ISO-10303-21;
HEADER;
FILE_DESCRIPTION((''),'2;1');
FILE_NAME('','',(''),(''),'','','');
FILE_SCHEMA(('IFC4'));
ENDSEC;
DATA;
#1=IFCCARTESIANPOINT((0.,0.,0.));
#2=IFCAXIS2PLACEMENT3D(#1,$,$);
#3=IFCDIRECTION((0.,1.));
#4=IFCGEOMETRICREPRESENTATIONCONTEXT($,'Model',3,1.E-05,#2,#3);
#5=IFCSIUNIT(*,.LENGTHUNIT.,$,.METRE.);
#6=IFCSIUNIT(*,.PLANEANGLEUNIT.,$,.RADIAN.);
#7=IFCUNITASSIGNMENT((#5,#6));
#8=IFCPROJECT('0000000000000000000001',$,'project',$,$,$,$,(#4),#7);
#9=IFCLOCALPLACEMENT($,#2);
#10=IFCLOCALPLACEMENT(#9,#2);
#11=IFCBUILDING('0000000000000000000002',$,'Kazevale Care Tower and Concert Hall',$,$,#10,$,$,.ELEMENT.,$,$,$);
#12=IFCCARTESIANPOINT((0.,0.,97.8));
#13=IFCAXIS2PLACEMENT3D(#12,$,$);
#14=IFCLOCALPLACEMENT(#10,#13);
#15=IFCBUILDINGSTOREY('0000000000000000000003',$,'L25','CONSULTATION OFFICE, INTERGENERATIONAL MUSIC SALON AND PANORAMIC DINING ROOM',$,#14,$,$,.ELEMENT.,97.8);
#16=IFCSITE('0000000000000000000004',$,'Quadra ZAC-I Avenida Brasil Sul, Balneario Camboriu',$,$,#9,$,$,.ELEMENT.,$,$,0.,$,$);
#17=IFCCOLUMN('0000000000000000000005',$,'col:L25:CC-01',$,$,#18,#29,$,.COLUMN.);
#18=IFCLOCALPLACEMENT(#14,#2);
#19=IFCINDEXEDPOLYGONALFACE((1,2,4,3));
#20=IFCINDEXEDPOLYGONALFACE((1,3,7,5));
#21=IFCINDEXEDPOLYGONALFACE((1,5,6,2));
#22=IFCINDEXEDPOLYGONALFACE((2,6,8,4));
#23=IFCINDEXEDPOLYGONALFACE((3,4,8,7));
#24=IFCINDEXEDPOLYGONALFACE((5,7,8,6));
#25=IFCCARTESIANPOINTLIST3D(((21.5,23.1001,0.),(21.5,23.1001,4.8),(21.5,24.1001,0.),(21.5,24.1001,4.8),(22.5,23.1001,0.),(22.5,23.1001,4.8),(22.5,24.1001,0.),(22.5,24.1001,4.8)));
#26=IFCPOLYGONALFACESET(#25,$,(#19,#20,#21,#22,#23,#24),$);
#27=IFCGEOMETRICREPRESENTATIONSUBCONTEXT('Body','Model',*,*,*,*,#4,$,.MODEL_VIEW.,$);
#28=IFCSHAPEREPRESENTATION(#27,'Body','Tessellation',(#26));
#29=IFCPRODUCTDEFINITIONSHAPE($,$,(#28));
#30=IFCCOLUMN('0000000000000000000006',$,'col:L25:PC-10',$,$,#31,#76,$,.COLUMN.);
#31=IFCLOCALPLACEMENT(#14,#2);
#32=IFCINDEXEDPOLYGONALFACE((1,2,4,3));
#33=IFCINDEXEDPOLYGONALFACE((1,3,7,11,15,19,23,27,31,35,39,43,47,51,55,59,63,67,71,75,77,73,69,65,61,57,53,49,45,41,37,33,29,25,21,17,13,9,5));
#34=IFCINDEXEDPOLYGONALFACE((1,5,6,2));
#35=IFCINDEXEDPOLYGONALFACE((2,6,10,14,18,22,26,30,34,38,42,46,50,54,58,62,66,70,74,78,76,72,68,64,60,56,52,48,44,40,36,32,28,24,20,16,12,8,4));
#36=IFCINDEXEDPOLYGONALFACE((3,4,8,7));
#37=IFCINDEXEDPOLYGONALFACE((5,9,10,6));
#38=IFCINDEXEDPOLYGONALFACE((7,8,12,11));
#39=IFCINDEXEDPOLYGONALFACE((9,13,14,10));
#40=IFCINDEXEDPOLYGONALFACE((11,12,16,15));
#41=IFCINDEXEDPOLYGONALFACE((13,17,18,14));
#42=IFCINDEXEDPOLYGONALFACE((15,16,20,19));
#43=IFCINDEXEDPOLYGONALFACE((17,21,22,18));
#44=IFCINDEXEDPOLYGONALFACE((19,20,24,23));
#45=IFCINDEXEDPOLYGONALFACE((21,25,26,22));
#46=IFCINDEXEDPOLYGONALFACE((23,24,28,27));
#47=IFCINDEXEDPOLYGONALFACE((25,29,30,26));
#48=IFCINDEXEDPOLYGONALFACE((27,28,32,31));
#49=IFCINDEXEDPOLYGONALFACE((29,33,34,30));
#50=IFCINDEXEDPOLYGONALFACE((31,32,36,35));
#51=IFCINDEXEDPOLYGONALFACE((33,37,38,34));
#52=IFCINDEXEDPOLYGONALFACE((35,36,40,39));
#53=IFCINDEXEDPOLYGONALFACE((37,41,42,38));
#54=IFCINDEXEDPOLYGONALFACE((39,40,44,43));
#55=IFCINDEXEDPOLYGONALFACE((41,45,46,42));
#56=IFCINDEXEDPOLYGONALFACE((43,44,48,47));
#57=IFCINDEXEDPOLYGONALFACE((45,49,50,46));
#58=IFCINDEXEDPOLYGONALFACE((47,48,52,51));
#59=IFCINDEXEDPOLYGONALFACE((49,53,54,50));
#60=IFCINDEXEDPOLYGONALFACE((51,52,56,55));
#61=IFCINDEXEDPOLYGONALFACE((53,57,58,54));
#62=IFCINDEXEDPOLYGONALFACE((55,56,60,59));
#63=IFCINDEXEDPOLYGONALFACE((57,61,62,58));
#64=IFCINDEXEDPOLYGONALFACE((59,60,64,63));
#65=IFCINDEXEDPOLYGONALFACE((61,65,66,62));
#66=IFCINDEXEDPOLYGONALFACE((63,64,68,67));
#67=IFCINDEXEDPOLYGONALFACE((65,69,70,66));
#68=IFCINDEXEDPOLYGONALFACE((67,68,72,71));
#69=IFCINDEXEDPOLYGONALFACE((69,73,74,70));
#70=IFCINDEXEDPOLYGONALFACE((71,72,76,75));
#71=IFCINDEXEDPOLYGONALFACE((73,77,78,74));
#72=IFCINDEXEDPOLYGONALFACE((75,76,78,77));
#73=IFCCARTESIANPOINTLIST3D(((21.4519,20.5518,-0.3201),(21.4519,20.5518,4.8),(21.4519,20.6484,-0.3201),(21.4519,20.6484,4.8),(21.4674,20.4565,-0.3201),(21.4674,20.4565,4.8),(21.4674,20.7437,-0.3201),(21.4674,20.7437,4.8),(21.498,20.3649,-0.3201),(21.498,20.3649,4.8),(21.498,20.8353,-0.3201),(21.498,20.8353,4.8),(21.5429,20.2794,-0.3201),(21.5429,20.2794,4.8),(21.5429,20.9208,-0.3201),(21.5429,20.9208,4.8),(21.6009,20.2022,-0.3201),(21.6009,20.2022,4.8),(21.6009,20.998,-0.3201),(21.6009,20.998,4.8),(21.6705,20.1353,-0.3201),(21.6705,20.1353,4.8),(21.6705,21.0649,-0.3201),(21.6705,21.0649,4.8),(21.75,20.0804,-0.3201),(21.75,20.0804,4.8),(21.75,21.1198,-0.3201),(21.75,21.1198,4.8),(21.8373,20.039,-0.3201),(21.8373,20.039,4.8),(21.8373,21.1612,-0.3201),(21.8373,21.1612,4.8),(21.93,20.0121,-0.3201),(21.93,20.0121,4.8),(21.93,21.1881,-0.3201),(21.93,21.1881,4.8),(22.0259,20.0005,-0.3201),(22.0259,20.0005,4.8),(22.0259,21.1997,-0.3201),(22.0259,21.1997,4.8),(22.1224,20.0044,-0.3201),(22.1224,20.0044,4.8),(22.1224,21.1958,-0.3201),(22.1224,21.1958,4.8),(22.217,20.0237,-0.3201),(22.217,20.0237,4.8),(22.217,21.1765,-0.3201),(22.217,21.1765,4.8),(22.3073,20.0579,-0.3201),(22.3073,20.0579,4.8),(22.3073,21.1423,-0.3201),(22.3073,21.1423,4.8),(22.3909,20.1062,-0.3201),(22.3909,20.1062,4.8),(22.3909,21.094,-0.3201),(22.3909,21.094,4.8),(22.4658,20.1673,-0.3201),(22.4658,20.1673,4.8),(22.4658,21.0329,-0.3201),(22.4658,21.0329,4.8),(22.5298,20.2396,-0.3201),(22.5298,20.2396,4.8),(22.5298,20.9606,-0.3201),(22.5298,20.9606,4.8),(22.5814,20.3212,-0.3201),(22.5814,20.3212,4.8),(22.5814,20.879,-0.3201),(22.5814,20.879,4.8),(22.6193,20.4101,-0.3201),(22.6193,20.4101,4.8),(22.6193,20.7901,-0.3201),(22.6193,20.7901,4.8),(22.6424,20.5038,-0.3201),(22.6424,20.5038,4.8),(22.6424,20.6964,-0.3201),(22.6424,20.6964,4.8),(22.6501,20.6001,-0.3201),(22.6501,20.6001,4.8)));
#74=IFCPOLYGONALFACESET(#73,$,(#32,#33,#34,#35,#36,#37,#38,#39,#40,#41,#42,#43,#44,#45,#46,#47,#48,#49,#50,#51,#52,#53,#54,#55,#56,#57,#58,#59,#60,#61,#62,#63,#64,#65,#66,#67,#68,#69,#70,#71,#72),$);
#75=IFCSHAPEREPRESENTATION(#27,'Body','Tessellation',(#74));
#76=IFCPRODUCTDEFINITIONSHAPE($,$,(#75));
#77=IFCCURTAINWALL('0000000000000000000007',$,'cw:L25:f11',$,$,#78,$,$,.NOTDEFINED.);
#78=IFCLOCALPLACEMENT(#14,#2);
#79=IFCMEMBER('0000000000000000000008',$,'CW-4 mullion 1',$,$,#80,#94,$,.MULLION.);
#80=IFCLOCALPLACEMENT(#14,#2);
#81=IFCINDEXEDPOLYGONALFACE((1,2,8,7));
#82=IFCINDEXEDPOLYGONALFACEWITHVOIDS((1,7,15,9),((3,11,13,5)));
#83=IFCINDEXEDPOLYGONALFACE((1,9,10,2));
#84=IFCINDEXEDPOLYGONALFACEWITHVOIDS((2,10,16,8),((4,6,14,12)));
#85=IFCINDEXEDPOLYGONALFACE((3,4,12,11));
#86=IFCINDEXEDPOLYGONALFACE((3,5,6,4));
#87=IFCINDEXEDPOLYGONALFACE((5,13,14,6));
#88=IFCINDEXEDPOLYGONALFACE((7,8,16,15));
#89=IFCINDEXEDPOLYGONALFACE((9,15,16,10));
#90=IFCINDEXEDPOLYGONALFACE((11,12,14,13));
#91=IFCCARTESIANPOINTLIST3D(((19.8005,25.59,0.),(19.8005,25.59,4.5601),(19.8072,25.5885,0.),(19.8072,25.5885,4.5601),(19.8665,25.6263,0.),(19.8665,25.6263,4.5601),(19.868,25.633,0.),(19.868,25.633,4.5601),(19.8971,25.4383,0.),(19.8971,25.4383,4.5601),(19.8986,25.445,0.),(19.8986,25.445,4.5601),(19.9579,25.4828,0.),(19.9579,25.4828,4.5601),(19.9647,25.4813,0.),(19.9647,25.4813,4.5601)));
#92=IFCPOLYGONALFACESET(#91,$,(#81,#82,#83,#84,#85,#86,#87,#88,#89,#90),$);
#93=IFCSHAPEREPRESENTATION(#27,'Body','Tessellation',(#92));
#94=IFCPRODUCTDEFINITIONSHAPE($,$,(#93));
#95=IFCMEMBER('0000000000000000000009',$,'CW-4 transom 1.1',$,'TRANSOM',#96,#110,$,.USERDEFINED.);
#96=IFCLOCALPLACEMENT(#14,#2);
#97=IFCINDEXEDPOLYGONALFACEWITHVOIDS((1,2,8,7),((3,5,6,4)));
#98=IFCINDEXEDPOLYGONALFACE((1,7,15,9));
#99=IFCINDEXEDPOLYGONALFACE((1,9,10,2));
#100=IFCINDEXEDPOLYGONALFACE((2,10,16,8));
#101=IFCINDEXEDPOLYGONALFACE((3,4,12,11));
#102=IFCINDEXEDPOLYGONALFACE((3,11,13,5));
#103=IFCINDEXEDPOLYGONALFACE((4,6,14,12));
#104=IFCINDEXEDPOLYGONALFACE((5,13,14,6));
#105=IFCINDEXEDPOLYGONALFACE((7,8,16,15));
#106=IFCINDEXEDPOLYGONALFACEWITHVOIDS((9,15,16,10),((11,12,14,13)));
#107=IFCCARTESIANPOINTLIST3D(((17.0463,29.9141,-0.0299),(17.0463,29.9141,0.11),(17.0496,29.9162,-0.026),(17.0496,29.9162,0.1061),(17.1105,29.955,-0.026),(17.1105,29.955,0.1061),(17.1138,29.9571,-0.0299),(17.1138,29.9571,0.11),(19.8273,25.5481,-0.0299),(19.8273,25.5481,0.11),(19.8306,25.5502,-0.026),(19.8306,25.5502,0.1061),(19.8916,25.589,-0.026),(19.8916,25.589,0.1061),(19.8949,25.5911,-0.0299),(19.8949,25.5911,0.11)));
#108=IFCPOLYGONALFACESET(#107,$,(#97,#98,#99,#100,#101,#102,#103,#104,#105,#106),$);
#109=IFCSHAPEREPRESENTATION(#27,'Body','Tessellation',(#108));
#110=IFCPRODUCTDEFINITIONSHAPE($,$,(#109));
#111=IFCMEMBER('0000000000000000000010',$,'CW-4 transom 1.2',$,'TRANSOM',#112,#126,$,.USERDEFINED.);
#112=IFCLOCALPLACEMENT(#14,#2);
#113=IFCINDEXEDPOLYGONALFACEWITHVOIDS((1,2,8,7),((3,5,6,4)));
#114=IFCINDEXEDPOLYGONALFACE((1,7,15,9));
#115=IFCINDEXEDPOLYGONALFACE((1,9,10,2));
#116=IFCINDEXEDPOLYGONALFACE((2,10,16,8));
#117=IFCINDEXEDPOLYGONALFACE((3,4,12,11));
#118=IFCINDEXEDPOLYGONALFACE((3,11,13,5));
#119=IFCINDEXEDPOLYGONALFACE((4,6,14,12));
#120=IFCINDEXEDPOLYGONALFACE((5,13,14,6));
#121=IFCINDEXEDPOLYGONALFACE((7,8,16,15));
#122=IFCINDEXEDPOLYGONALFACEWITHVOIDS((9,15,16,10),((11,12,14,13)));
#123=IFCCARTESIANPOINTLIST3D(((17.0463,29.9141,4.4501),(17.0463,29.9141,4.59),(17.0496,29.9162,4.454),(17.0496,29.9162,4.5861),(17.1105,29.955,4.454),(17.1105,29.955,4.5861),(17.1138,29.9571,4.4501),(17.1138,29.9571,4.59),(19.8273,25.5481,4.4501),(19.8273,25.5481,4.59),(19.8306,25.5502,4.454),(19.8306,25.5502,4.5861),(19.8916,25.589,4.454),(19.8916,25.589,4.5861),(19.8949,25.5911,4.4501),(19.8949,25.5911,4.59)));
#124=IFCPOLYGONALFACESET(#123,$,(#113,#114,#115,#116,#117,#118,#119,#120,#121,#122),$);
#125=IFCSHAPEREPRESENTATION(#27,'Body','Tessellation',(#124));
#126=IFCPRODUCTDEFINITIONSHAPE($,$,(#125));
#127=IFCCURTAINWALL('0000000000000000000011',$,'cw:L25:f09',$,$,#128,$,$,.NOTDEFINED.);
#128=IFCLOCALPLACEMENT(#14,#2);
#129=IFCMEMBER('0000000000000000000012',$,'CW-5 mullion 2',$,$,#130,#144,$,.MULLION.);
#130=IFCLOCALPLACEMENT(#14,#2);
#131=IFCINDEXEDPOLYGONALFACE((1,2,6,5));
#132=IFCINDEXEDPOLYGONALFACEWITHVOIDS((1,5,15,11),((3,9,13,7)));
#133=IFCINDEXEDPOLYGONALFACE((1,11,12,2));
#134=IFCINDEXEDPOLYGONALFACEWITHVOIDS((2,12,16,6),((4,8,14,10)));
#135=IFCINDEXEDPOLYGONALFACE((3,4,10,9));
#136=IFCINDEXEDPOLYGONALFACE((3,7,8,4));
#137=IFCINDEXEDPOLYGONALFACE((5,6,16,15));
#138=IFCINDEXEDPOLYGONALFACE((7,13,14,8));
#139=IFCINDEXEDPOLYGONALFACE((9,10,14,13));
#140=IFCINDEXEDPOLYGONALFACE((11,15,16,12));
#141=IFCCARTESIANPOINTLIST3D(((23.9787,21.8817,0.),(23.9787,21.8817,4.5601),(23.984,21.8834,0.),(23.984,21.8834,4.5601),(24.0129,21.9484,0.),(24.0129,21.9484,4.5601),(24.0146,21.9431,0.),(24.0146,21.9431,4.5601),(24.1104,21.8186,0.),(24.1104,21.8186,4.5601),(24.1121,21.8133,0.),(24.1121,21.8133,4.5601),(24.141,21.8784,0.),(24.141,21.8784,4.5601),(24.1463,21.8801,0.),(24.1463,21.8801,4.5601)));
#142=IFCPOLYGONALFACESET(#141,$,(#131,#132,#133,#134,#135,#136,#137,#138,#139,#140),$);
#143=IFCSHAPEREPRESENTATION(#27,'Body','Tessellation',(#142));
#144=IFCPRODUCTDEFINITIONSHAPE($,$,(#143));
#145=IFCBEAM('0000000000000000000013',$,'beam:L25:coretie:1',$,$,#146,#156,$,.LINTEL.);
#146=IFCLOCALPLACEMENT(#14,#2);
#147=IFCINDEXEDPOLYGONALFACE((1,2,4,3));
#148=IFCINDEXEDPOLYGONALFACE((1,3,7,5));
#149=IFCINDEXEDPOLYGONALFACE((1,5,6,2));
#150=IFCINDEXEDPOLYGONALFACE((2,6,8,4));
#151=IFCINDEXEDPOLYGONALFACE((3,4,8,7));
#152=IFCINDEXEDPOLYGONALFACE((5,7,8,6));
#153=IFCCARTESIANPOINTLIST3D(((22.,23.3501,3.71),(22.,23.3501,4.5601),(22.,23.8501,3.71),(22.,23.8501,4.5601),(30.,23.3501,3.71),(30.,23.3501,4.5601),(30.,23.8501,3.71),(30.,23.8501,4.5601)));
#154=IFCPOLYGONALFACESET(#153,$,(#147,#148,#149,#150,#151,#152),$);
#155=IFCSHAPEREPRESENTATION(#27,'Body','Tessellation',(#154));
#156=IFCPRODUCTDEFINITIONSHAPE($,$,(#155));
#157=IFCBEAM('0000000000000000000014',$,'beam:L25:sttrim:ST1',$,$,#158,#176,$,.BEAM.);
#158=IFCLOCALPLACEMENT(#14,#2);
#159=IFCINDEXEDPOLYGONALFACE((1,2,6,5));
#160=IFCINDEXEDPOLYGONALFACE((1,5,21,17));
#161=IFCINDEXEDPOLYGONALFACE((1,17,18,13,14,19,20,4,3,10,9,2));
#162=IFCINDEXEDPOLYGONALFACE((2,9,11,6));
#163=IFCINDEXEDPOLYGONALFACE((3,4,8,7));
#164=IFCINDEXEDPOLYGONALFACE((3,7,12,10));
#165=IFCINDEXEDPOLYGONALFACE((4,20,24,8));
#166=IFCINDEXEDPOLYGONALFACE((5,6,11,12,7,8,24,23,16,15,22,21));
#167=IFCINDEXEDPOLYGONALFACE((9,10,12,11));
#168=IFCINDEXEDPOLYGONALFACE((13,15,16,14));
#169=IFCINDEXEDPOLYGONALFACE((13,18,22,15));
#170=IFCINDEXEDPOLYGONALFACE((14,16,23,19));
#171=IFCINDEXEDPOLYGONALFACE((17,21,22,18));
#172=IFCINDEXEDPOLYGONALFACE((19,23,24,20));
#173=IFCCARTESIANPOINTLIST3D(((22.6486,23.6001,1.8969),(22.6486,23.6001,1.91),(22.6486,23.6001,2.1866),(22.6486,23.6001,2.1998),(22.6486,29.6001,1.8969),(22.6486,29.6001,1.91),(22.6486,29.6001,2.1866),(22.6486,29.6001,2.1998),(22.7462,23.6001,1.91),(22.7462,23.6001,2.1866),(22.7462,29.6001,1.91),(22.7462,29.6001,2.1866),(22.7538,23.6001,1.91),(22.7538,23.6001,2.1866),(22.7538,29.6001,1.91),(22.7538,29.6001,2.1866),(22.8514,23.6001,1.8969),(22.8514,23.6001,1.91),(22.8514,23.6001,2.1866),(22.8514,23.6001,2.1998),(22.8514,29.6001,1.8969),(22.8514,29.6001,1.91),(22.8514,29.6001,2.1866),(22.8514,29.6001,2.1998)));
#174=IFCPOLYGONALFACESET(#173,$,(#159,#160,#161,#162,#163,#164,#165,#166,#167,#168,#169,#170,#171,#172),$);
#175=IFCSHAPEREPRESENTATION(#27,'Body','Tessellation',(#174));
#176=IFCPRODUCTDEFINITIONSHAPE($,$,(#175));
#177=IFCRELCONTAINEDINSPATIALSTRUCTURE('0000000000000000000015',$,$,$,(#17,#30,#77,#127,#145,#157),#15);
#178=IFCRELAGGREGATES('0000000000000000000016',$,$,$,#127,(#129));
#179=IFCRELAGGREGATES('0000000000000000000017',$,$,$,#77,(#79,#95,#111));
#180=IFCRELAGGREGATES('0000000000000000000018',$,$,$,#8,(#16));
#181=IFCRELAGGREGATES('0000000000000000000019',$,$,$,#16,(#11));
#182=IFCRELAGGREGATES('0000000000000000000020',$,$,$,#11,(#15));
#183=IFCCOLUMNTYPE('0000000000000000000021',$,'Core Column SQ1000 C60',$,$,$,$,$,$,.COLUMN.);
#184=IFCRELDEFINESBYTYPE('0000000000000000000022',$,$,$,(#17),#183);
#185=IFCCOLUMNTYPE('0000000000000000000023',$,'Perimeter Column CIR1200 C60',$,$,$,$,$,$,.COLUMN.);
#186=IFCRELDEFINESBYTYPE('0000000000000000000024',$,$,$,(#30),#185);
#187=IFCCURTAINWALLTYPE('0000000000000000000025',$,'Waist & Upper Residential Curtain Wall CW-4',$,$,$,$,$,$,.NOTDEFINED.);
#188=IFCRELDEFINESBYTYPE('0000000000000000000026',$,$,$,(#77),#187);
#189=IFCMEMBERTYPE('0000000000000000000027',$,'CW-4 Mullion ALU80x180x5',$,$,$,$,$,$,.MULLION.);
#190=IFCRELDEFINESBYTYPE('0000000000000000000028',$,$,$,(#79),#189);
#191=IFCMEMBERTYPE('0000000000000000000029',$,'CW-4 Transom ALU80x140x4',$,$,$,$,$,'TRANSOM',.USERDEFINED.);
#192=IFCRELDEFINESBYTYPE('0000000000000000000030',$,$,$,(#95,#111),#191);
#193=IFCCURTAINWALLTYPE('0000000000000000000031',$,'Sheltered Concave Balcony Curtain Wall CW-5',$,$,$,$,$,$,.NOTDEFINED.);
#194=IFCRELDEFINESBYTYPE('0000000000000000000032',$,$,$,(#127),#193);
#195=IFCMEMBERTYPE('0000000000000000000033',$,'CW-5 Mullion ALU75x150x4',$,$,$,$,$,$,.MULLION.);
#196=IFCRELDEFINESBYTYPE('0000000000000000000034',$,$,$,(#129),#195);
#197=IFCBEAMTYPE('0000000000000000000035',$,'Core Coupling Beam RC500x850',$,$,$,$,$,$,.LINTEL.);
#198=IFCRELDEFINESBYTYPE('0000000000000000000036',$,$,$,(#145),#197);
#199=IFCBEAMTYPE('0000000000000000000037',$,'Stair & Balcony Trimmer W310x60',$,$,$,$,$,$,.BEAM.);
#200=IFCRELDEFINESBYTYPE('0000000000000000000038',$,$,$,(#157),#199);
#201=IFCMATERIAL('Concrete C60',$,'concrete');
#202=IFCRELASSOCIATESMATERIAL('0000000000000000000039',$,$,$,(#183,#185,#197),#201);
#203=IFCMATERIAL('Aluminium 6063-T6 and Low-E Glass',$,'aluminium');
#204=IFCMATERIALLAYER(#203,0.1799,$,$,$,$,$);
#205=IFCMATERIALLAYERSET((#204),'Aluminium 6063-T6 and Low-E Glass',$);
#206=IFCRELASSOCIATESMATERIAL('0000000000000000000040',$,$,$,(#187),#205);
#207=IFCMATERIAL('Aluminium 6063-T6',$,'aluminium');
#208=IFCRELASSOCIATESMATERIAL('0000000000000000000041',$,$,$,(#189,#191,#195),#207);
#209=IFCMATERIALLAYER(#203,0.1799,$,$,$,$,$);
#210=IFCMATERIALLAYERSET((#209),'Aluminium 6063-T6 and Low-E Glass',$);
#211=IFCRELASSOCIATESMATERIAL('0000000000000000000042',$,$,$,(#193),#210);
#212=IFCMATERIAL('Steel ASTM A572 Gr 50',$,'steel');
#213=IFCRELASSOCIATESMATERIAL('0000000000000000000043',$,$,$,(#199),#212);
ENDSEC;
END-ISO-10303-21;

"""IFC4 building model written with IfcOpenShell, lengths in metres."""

from ifc_helpers import new_model, si_unit, direction, frame, origin, origin_2d, place, context, subcontext, project, spatial, rectangle, hollow_rectangle, circle, i_section, extrude, material, layer, layer_set, material_profile, profile_set, type_object, element, aggregate, save


model = new_model("IFC4")

# Units and contexts
model_context = context("Model", 3, precision=1e-05, world=origin(), true_north=direction((0.0, 1.0)))
body_context = subcontext(model_context, "Body", "Model", "MODEL_VIEW")
ifc_project = project(units=[si_unit("LENGTHUNIT", "METRE"), si_unit("PLANEANGLEUNIT", "RADIAN")], contexts=[model_context])

# Site, building, storey
site_placement = place(None, origin())
site = spatial("IfcSite", under=ifc_project, at=site_placement, Name="Quadra ZAC-I Avenida Brasil Sul, Balneario Camboriu", CompositionType="ELEMENT", RefElevation=0.0)
building_placement = place(site_placement, origin())
building = spatial("IfcBuilding", under=site, at=building_placement, Name="Kazevale Care Tower and Concert Hall", CompositionType="ELEMENT")
storey_placement = place(building_placement, frame((0.0, 0.0, 97.8)))
storey = spatial("IfcBuildingStorey", under=building, at=storey_placement, Name="L25", Description="CONSULTATION OFFICE, INTERGENERATIONAL MUSIC SALON AND PANORAMIC DINING ROOM", CompositionType="ELEMENT", Elevation=97.8)

# Columns
ifc_material_1 = material(Name="Concrete C60", Category="concrete")
ifc_material_profile_1 = material_profile(ifc_material_1, rectangle(XDim=1.0, YDim=1.0, at=origin_2d()), Name="RC-SQ1000")
ifc_profile_set_1 = profile_set([ifc_material_profile_1], Name="Concrete C60")
column_type_1 = type_object("IfcColumnType", Name="Core Column SQ1000 C60", PredefinedType="COLUMN", material=ifc_profile_set_1)
column_1_placement = place(storey_placement, frame((22.0, 23.6001, 0.0), z_axis=(0.0, 0.0, 1.0), x_axis=(1.0, 0.0, 0.0)))
element("IfcColumn", 1, at=column_1_placement, inside=storey, type_object=column_type_1, Name="col:L25:CC-01", PredefinedType="COLUMN", context=body_context, shape_type="SweptSolid", body=[
    extrude(rectangle(XDim=1.0, YDim=1.0, at=origin_2d()), origin(), (0.0, 0.0, 1.0), 4.8),
])
ifc_material_profile_2 = material_profile(ifc_material_1, circle(Radius=0.6001, at=origin_2d()), Name="RC-CIR1200")
ifc_profile_set_2 = profile_set([ifc_material_profile_2], Name="Concrete C60")
column_type_2 = type_object("IfcColumnType", Name="Perimeter Column CIR1200 C60", PredefinedType="COLUMN", material=ifc_profile_set_2)
column_2_placement = place(storey_placement, frame((22.05, 20.6001, -0.3201), z_axis=(0.0, 0.0, 1.0), x_axis=(1.0, 0.0, 0.0)))
element("IfcColumn", 2, at=column_2_placement, inside=storey, type_object=column_type_2, Name="col:L25:PC-10", PredefinedType="COLUMN", context=body_context, shape_type="SweptSolid", body=[
    extrude(circle(Radius=0.6001, at=origin_2d()), origin(), (0.0, 0.0, 1.0), 5.1201),
])

# Curtain wall, members
ifc_material_2 = material(Name="Aluminium 6063-T6 and Low-E Glass", Category="aluminium")
ifc_layer_1 = layer(ifc_material_2, 0.1799)
ifc_layer_set_1 = layer_set([ifc_layer_1], Name="Aluminium 6063-T6 and Low-E Glass")
curtain_wall_type_1 = type_object("IfcCurtainWallType", Name="Waist & Upper Residential Curtain Wall CW-4", PredefinedType="NOTDEFINED", material=ifc_layer_set_1)
curtain_wall_1_placement = place(storey_placement, origin())
curtain_wall_1 = element("IfcCurtainWall", 3, at=curtain_wall_1_placement, inside=storey, type_object=curtain_wall_type_1, Name="cw:L25:f11", PredefinedType="NOTDEFINED")
ifc_material_3 = material(Name="Aluminium 6063-T6", Category="aluminium")
ifc_material_profile_3 = material_profile(ifc_material_3, hollow_rectangle(XDim=0.0801, YDim=0.1799, WallThickness=0.0049, at=origin_2d()), Name="ALU80x180x5")
ifc_profile_set_3 = profile_set([ifc_material_profile_3], Name="Aluminium 6063-T6")
member_type_1 = type_object("IfcMemberType", Name="CW-4 Mullion ALU80x180x5", PredefinedType="MULLION", material=ifc_profile_set_3)
member_1_placement = place(storey_placement, frame((19.8826, 25.5356, 0.0), z_axis=(0.0, 0.0, 1.0), x_axis=(-0.84343, -0.537239, 0.0)))
member_1 = element("IfcMember", 4, at=member_1_placement, type_object=member_type_1, Name="CW-4 mullion 1", PredefinedType="MULLION", context=body_context, shape_type="SweptSolid", body=[
    extrude(hollow_rectangle(XDim=0.0801, YDim=0.1799, WallThickness=0.0049, at=origin_2d()), origin(), (0.0, 0.0, 1.0), 4.5601),
])
ifc_material_profile_4 = material_profile(ifc_material_3, hollow_rectangle(XDim=0.0801, YDim=0.1399, WallThickness=0.0039, at=origin_2d()), Name="ALU80x140x4")
ifc_profile_set_4 = profile_set([ifc_material_profile_4], Name="Aluminium 6063-T6")
member_type_2 = type_object("IfcMemberType", Name="CW-4 Transom ALU80x140x4", ElementType="TRANSOM", PredefinedType="USERDEFINED", material=ifc_profile_set_4)
member_2_placement = place(storey_placement, frame((19.8611, 25.5696, 0.04), z_axis=(-0.537242, 0.843428, 0.0), x_axis=(-0.843428, -0.537242, 0.0)))
member_2 = element("IfcMember", 5, at=member_2_placement, type_object=member_type_2, Name="CW-4 transom 1.1", ObjectType="TRANSOM", PredefinedType="USERDEFINED", context=body_context, shape_type="SweptSolid", body=[
    extrude(hollow_rectangle(XDim=0.0801, YDim=0.1399, WallThickness=0.0039, at=origin_2d()), origin(), (0.0, 0.0, 1.0), 5.1765),
])
member_3_placement = place(storey_placement, frame((19.8611, 25.5696, 4.52), z_axis=(-0.537242, 0.843428, 0.0), x_axis=(-0.843428, -0.537242, 0.0)))
member_3 = element("IfcMember", 6, at=member_3_placement, type_object=member_type_2, Name="CW-4 transom 1.2", ObjectType="TRANSOM", PredefinedType="USERDEFINED", context=body_context, shape_type="SweptSolid", body=[
    extrude(hollow_rectangle(XDim=0.0801, YDim=0.1399, WallThickness=0.0039, at=origin_2d()), origin(), (0.0, 0.0, 1.0), 5.1765),
])

# Curtain wall, member
ifc_layer_2 = layer(ifc_material_2, 0.1799)
ifc_layer_set_2 = layer_set([ifc_layer_2], Name="Aluminium 6063-T6 and Low-E Glass")
curtain_wall_type_2 = type_object("IfcCurtainWallType", Name="Sheltered Concave Balcony Curtain Wall CW-5", PredefinedType="NOTDEFINED", material=ifc_layer_set_2)
curtain_wall_2_placement = place(storey_placement, origin())
curtain_wall_2 = element("IfcCurtainWall", 7, at=curtain_wall_2_placement, inside=storey, type_object=curtain_wall_type_2, Name="cw:L25:f09", PredefinedType="NOTDEFINED")
ifc_material_profile_5 = material_profile(ifc_material_3, hollow_rectangle(XDim=0.075, YDim=0.1499, WallThickness=0.0039, at=origin_2d()), Name="ALU75x150x4")
ifc_profile_set_5 = profile_set([ifc_material_profile_5], Name="Aluminium 6063-T6")
member_type_3 = type_object("IfcMemberType", Name="CW-5 Mullion ALU75x150x4", PredefinedType="MULLION", material=ifc_profile_set_5)
member_4_placement = place(storey_placement, frame((24.0625, 21.8809, 0.0), z_axis=(0.0, 0.0, 1.0), x_axis=(-0.455713, -0.890127, 0.0)))
member_4 = element("IfcMember", 8, at=member_4_placement, type_object=member_type_3, Name="CW-5 mullion 2", PredefinedType="MULLION", context=body_context, shape_type="SweptSolid", body=[
    extrude(hollow_rectangle(XDim=0.075, YDim=0.1499, WallThickness=0.0039, at=origin_2d()), origin(), (0.0, 0.0, 1.0), 4.5601),
])
aggregate(curtain_wall_2, [member_4])

# Beams
ifc_material_profile_6 = material_profile(ifc_material_1, rectangle(XDim=0.5, YDim=0.8501, at=origin_2d()), Name="RC-B500x850")
ifc_profile_set_6 = profile_set([ifc_material_profile_6], Name="Concrete C60")
beam_type_1 = type_object("IfcBeamType", Name="Core Coupling Beam RC500x850", PredefinedType="LINTEL", material=ifc_profile_set_6)
beam_1_placement = place(storey_placement, frame((22.0, 23.6001, 4.135), z_axis=(1.0, 0.0, 0.0), x_axis=(0.0, 1.0, 0.0)))
element("IfcBeam", 9, at=beam_1_placement, inside=storey, type_object=beam_type_1, Name="beam:L25:coretie:1", PredefinedType="LINTEL", context=body_context, shape_type="SweptSolid", body=[
    extrude(rectangle(XDim=0.5, YDim=0.8501, at=origin_2d()), origin(), (0.0, 0.0, 1.0), 8.0),
])
ifc_material_4 = material(Name="Steel ASTM A572 Gr 50", Category="steel")
ifc_material_profile_7 = material_profile(ifc_material_4, i_section(OverallWidth=0.2029, OverallDepth=0.303, WebThickness=0.0076, FlangeThickness=0.0132, at=origin_2d()), Name="W310x60")
ifc_profile_set_7 = profile_set([ifc_material_profile_7], Name="Steel ASTM A572 Gr 50")
beam_type_2 = type_object("IfcBeamType", Name="Stair & Balcony Trimmer W310x60", PredefinedType="BEAM", material=ifc_profile_set_7)
for number, where, z_axis, x_axis, name in (
    (10, (22.75, 23.6001, 2.0483), (0.0, 1.0, 0.0), (-1.0, 0.0, 0.0), "beam:L25:sttrim:ST1"),
):
    element("IfcBeam", number, at=place(storey_placement, frame(where, z_axis=z_axis, x_axis=x_axis)), inside=storey, type_object=beam_type_2, Name=name, PredefinedType="BEAM", context=body_context, shape_type="SweptSolid", body=[
        extrude(i_section(OverallWidth=0.2029, OverallDepth=0.303, WebThickness=0.0076, FlangeThickness=0.0132, at=origin_2d()), origin(), (0.0, 0.0, 1.0), 6.0),
    ])

aggregate(curtain_wall_1, [member_1, member_2, member_3])

save(model, "model.ifc")
